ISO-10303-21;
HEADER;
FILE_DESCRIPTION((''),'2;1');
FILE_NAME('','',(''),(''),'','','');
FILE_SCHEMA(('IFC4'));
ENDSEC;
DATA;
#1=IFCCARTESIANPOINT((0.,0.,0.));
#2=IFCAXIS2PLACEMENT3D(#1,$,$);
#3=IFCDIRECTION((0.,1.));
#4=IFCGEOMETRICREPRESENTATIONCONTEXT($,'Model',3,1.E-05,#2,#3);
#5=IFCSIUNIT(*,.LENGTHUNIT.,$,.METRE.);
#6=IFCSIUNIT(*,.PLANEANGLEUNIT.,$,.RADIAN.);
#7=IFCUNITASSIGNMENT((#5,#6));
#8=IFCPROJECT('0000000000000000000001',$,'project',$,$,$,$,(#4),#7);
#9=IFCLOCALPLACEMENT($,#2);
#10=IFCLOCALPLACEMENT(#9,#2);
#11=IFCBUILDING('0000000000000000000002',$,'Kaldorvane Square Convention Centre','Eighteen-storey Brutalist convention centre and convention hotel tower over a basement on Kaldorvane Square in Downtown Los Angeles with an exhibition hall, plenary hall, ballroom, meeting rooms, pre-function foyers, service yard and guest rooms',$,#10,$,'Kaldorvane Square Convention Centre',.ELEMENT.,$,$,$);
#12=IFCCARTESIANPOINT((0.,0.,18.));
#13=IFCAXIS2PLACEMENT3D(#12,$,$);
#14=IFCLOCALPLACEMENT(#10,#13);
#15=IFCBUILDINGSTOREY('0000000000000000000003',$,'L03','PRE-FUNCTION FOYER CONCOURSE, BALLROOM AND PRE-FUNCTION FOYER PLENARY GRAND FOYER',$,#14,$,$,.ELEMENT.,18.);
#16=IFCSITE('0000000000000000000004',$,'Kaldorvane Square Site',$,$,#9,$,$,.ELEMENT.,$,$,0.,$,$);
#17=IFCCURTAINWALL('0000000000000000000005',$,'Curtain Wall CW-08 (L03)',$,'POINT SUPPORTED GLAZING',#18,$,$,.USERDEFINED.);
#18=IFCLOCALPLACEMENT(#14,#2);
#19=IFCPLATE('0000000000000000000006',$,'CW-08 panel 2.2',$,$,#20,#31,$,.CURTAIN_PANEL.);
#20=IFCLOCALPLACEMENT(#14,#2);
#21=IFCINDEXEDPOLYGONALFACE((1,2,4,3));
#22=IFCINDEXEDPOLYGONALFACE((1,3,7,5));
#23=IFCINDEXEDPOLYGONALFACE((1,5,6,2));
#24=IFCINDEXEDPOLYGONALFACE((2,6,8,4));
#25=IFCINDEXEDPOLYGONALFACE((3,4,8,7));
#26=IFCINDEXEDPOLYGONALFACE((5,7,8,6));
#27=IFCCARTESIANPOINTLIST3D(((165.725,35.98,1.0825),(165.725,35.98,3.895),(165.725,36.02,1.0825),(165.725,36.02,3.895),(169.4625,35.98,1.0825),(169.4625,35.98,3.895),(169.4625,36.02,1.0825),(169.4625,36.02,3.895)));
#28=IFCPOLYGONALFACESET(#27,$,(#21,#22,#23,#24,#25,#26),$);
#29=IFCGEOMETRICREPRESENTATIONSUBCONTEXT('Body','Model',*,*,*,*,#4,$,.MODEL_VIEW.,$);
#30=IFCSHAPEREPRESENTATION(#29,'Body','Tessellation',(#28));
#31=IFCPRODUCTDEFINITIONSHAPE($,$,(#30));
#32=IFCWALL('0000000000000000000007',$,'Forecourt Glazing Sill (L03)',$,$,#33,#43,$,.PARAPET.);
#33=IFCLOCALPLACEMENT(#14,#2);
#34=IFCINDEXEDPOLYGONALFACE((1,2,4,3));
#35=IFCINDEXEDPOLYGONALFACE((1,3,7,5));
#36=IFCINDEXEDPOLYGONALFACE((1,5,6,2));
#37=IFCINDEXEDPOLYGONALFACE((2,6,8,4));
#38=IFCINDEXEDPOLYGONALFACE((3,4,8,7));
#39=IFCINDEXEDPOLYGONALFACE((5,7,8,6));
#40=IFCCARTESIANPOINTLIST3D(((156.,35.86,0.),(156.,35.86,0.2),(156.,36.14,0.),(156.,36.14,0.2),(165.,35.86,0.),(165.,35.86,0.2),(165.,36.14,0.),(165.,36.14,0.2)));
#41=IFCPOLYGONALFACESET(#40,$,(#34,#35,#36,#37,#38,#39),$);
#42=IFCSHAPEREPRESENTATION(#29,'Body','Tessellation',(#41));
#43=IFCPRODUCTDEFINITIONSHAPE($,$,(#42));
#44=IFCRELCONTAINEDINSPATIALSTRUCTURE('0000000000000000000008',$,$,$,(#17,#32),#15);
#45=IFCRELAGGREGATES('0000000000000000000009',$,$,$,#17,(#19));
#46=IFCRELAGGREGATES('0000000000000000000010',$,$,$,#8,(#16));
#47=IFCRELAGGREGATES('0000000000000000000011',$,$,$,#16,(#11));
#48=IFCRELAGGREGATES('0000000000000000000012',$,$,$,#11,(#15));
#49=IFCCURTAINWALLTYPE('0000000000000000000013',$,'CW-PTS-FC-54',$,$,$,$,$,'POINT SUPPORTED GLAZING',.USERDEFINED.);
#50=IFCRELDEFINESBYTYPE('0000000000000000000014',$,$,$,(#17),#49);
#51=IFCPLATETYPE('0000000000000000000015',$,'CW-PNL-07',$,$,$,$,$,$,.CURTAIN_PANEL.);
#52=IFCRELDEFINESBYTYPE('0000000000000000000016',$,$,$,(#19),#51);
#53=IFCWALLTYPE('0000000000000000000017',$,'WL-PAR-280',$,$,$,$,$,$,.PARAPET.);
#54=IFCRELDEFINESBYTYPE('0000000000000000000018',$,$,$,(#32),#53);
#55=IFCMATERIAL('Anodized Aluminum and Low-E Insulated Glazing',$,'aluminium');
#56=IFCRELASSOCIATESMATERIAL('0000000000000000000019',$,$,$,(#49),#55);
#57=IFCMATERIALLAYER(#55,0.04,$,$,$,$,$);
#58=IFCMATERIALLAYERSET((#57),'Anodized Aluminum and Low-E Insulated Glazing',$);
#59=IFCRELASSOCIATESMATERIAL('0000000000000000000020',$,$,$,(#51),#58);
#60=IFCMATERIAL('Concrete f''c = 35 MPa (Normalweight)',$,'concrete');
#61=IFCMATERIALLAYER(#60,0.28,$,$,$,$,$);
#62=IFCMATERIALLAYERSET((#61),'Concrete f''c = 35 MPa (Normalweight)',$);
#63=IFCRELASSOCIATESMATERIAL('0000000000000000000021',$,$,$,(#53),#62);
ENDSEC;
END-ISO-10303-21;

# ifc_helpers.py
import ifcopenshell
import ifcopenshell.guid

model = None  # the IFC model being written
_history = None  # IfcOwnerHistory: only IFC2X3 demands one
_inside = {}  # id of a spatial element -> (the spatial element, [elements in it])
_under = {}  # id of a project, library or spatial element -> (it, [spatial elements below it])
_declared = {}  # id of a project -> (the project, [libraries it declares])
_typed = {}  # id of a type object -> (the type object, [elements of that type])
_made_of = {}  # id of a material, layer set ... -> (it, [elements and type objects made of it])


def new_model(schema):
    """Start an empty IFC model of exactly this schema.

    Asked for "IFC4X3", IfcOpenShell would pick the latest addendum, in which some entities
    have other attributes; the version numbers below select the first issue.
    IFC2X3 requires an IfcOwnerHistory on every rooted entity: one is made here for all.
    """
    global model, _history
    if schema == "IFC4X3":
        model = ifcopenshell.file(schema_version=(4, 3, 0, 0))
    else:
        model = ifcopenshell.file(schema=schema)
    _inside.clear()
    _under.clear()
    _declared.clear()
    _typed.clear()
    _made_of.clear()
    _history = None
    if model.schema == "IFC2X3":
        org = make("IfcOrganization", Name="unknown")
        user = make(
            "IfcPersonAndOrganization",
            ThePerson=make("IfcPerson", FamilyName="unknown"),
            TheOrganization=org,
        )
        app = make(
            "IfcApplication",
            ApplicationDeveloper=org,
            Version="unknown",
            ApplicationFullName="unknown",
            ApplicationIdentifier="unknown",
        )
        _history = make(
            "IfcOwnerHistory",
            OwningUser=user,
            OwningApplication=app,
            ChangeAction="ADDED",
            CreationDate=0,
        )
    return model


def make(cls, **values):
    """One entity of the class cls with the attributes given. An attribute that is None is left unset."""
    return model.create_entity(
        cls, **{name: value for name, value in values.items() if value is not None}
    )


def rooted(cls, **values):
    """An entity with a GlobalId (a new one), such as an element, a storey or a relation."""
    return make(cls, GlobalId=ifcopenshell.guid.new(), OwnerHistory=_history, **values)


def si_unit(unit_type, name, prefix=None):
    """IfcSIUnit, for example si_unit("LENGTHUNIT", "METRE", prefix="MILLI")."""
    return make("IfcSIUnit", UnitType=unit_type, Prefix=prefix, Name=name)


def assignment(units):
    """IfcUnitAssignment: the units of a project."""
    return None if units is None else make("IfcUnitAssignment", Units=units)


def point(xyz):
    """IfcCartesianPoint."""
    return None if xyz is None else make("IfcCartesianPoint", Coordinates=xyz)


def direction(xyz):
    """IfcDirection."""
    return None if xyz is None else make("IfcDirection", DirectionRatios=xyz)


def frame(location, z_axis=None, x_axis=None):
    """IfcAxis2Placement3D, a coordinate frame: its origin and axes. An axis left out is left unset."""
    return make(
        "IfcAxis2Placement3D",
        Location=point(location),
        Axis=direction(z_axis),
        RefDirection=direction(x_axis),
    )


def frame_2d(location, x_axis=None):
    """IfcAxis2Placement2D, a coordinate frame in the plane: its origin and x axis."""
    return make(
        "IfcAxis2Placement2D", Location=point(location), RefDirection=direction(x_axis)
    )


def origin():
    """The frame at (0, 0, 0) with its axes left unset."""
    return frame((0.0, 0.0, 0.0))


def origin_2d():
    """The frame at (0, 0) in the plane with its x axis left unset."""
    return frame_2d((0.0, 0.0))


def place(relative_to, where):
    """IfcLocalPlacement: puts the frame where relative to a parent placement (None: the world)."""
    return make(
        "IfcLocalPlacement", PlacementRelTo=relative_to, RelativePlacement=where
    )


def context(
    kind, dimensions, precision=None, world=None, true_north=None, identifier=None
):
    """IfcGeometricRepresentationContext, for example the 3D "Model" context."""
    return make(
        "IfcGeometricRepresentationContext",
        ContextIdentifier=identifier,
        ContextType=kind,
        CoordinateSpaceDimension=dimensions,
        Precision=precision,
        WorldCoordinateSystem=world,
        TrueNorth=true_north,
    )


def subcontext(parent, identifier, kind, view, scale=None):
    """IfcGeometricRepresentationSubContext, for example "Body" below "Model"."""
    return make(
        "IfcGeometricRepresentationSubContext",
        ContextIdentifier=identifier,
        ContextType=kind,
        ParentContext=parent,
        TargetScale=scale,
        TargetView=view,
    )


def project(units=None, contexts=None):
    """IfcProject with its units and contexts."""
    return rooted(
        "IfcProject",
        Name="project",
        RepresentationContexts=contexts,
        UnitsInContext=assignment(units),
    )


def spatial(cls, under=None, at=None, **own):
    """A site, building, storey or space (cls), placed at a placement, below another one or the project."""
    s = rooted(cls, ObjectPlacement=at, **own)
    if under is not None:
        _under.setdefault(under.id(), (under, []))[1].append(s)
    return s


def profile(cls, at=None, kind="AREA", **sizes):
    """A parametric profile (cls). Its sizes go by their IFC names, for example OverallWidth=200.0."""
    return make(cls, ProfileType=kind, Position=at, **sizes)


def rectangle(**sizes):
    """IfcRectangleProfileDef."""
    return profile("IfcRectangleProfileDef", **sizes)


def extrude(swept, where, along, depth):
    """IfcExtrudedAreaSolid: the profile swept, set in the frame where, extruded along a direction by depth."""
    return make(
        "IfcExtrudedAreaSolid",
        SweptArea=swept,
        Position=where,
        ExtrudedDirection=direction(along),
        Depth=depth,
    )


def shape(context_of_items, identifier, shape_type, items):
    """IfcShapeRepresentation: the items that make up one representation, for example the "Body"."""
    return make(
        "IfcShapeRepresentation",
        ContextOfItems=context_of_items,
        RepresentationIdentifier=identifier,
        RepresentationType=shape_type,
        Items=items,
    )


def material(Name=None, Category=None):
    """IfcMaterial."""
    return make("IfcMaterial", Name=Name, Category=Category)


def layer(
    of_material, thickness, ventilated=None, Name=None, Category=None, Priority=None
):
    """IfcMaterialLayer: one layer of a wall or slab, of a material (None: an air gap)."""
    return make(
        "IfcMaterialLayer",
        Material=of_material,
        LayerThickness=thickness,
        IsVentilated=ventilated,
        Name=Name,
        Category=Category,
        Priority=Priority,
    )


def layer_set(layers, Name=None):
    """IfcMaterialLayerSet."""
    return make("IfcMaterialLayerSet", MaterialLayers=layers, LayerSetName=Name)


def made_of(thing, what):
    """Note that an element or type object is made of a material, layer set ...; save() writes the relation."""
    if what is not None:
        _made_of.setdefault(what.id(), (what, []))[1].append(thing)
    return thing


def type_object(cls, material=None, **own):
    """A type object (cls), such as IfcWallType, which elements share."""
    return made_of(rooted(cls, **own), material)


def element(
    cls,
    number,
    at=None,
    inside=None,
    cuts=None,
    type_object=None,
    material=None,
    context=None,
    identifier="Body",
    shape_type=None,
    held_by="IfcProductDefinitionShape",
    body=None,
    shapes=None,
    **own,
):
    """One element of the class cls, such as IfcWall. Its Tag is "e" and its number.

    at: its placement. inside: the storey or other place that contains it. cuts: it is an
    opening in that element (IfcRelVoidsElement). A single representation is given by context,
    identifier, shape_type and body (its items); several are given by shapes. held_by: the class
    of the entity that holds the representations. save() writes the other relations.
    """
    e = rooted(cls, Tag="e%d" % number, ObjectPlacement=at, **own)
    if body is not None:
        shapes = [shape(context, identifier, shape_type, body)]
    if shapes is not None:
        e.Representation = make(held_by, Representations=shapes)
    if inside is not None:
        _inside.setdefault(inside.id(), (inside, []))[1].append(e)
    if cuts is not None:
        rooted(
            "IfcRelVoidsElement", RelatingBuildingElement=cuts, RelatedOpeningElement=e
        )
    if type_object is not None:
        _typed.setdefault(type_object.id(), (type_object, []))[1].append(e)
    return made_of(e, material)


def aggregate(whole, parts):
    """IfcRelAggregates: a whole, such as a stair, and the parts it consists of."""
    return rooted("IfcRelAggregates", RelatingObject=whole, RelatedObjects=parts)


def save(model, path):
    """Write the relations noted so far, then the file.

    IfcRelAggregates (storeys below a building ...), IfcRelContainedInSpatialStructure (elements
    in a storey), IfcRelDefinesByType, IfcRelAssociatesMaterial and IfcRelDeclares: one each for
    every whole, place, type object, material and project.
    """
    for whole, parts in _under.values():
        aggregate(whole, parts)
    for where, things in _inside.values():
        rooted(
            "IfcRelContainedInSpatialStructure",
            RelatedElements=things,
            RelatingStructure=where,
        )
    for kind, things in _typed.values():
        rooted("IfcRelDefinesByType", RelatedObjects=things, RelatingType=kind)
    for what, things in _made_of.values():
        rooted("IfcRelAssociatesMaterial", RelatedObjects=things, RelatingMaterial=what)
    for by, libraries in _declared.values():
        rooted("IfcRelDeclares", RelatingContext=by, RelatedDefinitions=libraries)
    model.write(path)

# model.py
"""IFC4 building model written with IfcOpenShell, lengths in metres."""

from ifc_helpers import new_model, si_unit, direction, frame, frame_2d, origin, origin_2d, place, context, subcontext, project, spatial, rectangle, extrude, material, layer, layer_set, type_object, element, aggregate, save


model = new_model("IFC4")

# Units and contexts
model_context = context("Model", 3, precision=1e-05, world=origin(), true_north=direction((0.0, 1.0)))
body_context = subcontext(model_context, "Body", "Model", "MODEL_VIEW")
ifc_project = project(units=[si_unit("LENGTHUNIT", "METRE"), si_unit("PLANEANGLEUNIT", "RADIAN")], contexts=[model_context])

# Site, building, storey
site_placement = place(None, origin())
site = spatial("IfcSite", under=ifc_project, at=site_placement, Name="Kaldorvane Square Site", CompositionType="ELEMENT", RefElevation=0.0)
building_placement = place(site_placement, origin())
building = spatial("IfcBuilding", under=site, at=building_placement, Name="Kaldorvane Square Convention Centre", Description="Eighteen-storey Brutalist convention centre and convention hotel tower over a basement on Kaldorvane Square in Downtown Los Angeles with an exhibition hall, plenary hall, ballroom, meeting rooms, pre-function foyers, service yard and guest rooms", LongName="Kaldorvane Square Convention Centre", CompositionType="ELEMENT")
storey_placement = place(building_placement, frame((0.0, 0.0, 18.0)))
storey = spatial("IfcBuildingStorey", under=building, at=storey_placement, Name="L03", Description="PRE-FUNCTION FOYER CONCOURSE, BALLROOM AND PRE-FUNCTION FOYER PLENARY GRAND FOYER", CompositionType="ELEMENT", Elevation=18.0)

# Curtain wall
ifc_material_1 = material(Name="Anodized Aluminum and Low-E Insulated Glazing", Category="aluminium")
curtain_wall_type = type_object("IfcCurtainWallType", Name="CW-PTS-FC-54", ElementType="POINT SUPPORTED GLAZING", PredefinedType="USERDEFINED", material=ifc_material_1)
curtain_wall_1_placement = place(storey_placement, origin())
curtain_wall_1 = element("IfcCurtainWall", 1, at=curtain_wall_1_placement, inside=storey, type_object=curtain_wall_type, Name="Curtain Wall CW-08 (L03)", ObjectType="POINT SUPPORTED GLAZING", PredefinedType="USERDEFINED")

# Plate
ifc_layer_1 = layer(ifc_material_1, 0.04)
ifc_layer_set_1 = layer_set([ifc_layer_1], Name="Anodized Aluminum and Low-E Insulated Glazing")
plate_type = type_object("IfcPlateType", Name="CW-PNL-07", PredefinedType="CURTAIN_PANEL", material=ifc_layer_set_1)
plate_1_placement = place(storey_placement, frame((167.5938, 36.0, 1.0825), z_axis=(0.0, 0.0, 1.0), x_axis=(-1.0, 0.0, 0.0)))
plate_1 = element("IfcPlate", 2, at=plate_1_placement, type_object=plate_type, Name="CW-08 panel 2.2", PredefinedType="CURTAIN_PANEL", context=body_context, shape_type="SweptSolid", body=[
    extrude(rectangle(XDim=3.7375, YDim=0.04, at=origin_2d()), origin(), (0.0, 0.0, 1.0), 2.8125),
])
aggregate(curtain_wall_1, [plate_1])

# Wall
ifc_material_2 = material(Name="Concrete f'c = 35 MPa (Normalweight)", Category="concrete")
ifc_layer_2 = layer(ifc_material_2, 0.28)
ifc_layer_set_2 = layer_set([ifc_layer_2], Name="Concrete f'c = 35 MPa (Normalweight)")
wall_type = type_object("IfcWallType", Name="WL-PAR-280", PredefinedType="PARAPET", material=ifc_layer_set_2)
wall_placement = place(storey_placement, frame((165.0, 36.0, 0.0), z_axis=(0.0, 0.0, 1.0), x_axis=(-1.0, 0.0, 0.0)))
element("IfcWall", 3, at=wall_placement, inside=storey, type_object=wall_type, Name="Forecourt Glazing Sill (L03)", PredefinedType="PARAPET", context=body_context, shape_type="SweptSolid", body=[
    extrude(rectangle(XDim=9.0, YDim=0.28, at=frame_2d((4.5, 0.0))), origin(), (0.0, 0.0, 1.0), 0.2),
])

save(model, "model.ifc")
